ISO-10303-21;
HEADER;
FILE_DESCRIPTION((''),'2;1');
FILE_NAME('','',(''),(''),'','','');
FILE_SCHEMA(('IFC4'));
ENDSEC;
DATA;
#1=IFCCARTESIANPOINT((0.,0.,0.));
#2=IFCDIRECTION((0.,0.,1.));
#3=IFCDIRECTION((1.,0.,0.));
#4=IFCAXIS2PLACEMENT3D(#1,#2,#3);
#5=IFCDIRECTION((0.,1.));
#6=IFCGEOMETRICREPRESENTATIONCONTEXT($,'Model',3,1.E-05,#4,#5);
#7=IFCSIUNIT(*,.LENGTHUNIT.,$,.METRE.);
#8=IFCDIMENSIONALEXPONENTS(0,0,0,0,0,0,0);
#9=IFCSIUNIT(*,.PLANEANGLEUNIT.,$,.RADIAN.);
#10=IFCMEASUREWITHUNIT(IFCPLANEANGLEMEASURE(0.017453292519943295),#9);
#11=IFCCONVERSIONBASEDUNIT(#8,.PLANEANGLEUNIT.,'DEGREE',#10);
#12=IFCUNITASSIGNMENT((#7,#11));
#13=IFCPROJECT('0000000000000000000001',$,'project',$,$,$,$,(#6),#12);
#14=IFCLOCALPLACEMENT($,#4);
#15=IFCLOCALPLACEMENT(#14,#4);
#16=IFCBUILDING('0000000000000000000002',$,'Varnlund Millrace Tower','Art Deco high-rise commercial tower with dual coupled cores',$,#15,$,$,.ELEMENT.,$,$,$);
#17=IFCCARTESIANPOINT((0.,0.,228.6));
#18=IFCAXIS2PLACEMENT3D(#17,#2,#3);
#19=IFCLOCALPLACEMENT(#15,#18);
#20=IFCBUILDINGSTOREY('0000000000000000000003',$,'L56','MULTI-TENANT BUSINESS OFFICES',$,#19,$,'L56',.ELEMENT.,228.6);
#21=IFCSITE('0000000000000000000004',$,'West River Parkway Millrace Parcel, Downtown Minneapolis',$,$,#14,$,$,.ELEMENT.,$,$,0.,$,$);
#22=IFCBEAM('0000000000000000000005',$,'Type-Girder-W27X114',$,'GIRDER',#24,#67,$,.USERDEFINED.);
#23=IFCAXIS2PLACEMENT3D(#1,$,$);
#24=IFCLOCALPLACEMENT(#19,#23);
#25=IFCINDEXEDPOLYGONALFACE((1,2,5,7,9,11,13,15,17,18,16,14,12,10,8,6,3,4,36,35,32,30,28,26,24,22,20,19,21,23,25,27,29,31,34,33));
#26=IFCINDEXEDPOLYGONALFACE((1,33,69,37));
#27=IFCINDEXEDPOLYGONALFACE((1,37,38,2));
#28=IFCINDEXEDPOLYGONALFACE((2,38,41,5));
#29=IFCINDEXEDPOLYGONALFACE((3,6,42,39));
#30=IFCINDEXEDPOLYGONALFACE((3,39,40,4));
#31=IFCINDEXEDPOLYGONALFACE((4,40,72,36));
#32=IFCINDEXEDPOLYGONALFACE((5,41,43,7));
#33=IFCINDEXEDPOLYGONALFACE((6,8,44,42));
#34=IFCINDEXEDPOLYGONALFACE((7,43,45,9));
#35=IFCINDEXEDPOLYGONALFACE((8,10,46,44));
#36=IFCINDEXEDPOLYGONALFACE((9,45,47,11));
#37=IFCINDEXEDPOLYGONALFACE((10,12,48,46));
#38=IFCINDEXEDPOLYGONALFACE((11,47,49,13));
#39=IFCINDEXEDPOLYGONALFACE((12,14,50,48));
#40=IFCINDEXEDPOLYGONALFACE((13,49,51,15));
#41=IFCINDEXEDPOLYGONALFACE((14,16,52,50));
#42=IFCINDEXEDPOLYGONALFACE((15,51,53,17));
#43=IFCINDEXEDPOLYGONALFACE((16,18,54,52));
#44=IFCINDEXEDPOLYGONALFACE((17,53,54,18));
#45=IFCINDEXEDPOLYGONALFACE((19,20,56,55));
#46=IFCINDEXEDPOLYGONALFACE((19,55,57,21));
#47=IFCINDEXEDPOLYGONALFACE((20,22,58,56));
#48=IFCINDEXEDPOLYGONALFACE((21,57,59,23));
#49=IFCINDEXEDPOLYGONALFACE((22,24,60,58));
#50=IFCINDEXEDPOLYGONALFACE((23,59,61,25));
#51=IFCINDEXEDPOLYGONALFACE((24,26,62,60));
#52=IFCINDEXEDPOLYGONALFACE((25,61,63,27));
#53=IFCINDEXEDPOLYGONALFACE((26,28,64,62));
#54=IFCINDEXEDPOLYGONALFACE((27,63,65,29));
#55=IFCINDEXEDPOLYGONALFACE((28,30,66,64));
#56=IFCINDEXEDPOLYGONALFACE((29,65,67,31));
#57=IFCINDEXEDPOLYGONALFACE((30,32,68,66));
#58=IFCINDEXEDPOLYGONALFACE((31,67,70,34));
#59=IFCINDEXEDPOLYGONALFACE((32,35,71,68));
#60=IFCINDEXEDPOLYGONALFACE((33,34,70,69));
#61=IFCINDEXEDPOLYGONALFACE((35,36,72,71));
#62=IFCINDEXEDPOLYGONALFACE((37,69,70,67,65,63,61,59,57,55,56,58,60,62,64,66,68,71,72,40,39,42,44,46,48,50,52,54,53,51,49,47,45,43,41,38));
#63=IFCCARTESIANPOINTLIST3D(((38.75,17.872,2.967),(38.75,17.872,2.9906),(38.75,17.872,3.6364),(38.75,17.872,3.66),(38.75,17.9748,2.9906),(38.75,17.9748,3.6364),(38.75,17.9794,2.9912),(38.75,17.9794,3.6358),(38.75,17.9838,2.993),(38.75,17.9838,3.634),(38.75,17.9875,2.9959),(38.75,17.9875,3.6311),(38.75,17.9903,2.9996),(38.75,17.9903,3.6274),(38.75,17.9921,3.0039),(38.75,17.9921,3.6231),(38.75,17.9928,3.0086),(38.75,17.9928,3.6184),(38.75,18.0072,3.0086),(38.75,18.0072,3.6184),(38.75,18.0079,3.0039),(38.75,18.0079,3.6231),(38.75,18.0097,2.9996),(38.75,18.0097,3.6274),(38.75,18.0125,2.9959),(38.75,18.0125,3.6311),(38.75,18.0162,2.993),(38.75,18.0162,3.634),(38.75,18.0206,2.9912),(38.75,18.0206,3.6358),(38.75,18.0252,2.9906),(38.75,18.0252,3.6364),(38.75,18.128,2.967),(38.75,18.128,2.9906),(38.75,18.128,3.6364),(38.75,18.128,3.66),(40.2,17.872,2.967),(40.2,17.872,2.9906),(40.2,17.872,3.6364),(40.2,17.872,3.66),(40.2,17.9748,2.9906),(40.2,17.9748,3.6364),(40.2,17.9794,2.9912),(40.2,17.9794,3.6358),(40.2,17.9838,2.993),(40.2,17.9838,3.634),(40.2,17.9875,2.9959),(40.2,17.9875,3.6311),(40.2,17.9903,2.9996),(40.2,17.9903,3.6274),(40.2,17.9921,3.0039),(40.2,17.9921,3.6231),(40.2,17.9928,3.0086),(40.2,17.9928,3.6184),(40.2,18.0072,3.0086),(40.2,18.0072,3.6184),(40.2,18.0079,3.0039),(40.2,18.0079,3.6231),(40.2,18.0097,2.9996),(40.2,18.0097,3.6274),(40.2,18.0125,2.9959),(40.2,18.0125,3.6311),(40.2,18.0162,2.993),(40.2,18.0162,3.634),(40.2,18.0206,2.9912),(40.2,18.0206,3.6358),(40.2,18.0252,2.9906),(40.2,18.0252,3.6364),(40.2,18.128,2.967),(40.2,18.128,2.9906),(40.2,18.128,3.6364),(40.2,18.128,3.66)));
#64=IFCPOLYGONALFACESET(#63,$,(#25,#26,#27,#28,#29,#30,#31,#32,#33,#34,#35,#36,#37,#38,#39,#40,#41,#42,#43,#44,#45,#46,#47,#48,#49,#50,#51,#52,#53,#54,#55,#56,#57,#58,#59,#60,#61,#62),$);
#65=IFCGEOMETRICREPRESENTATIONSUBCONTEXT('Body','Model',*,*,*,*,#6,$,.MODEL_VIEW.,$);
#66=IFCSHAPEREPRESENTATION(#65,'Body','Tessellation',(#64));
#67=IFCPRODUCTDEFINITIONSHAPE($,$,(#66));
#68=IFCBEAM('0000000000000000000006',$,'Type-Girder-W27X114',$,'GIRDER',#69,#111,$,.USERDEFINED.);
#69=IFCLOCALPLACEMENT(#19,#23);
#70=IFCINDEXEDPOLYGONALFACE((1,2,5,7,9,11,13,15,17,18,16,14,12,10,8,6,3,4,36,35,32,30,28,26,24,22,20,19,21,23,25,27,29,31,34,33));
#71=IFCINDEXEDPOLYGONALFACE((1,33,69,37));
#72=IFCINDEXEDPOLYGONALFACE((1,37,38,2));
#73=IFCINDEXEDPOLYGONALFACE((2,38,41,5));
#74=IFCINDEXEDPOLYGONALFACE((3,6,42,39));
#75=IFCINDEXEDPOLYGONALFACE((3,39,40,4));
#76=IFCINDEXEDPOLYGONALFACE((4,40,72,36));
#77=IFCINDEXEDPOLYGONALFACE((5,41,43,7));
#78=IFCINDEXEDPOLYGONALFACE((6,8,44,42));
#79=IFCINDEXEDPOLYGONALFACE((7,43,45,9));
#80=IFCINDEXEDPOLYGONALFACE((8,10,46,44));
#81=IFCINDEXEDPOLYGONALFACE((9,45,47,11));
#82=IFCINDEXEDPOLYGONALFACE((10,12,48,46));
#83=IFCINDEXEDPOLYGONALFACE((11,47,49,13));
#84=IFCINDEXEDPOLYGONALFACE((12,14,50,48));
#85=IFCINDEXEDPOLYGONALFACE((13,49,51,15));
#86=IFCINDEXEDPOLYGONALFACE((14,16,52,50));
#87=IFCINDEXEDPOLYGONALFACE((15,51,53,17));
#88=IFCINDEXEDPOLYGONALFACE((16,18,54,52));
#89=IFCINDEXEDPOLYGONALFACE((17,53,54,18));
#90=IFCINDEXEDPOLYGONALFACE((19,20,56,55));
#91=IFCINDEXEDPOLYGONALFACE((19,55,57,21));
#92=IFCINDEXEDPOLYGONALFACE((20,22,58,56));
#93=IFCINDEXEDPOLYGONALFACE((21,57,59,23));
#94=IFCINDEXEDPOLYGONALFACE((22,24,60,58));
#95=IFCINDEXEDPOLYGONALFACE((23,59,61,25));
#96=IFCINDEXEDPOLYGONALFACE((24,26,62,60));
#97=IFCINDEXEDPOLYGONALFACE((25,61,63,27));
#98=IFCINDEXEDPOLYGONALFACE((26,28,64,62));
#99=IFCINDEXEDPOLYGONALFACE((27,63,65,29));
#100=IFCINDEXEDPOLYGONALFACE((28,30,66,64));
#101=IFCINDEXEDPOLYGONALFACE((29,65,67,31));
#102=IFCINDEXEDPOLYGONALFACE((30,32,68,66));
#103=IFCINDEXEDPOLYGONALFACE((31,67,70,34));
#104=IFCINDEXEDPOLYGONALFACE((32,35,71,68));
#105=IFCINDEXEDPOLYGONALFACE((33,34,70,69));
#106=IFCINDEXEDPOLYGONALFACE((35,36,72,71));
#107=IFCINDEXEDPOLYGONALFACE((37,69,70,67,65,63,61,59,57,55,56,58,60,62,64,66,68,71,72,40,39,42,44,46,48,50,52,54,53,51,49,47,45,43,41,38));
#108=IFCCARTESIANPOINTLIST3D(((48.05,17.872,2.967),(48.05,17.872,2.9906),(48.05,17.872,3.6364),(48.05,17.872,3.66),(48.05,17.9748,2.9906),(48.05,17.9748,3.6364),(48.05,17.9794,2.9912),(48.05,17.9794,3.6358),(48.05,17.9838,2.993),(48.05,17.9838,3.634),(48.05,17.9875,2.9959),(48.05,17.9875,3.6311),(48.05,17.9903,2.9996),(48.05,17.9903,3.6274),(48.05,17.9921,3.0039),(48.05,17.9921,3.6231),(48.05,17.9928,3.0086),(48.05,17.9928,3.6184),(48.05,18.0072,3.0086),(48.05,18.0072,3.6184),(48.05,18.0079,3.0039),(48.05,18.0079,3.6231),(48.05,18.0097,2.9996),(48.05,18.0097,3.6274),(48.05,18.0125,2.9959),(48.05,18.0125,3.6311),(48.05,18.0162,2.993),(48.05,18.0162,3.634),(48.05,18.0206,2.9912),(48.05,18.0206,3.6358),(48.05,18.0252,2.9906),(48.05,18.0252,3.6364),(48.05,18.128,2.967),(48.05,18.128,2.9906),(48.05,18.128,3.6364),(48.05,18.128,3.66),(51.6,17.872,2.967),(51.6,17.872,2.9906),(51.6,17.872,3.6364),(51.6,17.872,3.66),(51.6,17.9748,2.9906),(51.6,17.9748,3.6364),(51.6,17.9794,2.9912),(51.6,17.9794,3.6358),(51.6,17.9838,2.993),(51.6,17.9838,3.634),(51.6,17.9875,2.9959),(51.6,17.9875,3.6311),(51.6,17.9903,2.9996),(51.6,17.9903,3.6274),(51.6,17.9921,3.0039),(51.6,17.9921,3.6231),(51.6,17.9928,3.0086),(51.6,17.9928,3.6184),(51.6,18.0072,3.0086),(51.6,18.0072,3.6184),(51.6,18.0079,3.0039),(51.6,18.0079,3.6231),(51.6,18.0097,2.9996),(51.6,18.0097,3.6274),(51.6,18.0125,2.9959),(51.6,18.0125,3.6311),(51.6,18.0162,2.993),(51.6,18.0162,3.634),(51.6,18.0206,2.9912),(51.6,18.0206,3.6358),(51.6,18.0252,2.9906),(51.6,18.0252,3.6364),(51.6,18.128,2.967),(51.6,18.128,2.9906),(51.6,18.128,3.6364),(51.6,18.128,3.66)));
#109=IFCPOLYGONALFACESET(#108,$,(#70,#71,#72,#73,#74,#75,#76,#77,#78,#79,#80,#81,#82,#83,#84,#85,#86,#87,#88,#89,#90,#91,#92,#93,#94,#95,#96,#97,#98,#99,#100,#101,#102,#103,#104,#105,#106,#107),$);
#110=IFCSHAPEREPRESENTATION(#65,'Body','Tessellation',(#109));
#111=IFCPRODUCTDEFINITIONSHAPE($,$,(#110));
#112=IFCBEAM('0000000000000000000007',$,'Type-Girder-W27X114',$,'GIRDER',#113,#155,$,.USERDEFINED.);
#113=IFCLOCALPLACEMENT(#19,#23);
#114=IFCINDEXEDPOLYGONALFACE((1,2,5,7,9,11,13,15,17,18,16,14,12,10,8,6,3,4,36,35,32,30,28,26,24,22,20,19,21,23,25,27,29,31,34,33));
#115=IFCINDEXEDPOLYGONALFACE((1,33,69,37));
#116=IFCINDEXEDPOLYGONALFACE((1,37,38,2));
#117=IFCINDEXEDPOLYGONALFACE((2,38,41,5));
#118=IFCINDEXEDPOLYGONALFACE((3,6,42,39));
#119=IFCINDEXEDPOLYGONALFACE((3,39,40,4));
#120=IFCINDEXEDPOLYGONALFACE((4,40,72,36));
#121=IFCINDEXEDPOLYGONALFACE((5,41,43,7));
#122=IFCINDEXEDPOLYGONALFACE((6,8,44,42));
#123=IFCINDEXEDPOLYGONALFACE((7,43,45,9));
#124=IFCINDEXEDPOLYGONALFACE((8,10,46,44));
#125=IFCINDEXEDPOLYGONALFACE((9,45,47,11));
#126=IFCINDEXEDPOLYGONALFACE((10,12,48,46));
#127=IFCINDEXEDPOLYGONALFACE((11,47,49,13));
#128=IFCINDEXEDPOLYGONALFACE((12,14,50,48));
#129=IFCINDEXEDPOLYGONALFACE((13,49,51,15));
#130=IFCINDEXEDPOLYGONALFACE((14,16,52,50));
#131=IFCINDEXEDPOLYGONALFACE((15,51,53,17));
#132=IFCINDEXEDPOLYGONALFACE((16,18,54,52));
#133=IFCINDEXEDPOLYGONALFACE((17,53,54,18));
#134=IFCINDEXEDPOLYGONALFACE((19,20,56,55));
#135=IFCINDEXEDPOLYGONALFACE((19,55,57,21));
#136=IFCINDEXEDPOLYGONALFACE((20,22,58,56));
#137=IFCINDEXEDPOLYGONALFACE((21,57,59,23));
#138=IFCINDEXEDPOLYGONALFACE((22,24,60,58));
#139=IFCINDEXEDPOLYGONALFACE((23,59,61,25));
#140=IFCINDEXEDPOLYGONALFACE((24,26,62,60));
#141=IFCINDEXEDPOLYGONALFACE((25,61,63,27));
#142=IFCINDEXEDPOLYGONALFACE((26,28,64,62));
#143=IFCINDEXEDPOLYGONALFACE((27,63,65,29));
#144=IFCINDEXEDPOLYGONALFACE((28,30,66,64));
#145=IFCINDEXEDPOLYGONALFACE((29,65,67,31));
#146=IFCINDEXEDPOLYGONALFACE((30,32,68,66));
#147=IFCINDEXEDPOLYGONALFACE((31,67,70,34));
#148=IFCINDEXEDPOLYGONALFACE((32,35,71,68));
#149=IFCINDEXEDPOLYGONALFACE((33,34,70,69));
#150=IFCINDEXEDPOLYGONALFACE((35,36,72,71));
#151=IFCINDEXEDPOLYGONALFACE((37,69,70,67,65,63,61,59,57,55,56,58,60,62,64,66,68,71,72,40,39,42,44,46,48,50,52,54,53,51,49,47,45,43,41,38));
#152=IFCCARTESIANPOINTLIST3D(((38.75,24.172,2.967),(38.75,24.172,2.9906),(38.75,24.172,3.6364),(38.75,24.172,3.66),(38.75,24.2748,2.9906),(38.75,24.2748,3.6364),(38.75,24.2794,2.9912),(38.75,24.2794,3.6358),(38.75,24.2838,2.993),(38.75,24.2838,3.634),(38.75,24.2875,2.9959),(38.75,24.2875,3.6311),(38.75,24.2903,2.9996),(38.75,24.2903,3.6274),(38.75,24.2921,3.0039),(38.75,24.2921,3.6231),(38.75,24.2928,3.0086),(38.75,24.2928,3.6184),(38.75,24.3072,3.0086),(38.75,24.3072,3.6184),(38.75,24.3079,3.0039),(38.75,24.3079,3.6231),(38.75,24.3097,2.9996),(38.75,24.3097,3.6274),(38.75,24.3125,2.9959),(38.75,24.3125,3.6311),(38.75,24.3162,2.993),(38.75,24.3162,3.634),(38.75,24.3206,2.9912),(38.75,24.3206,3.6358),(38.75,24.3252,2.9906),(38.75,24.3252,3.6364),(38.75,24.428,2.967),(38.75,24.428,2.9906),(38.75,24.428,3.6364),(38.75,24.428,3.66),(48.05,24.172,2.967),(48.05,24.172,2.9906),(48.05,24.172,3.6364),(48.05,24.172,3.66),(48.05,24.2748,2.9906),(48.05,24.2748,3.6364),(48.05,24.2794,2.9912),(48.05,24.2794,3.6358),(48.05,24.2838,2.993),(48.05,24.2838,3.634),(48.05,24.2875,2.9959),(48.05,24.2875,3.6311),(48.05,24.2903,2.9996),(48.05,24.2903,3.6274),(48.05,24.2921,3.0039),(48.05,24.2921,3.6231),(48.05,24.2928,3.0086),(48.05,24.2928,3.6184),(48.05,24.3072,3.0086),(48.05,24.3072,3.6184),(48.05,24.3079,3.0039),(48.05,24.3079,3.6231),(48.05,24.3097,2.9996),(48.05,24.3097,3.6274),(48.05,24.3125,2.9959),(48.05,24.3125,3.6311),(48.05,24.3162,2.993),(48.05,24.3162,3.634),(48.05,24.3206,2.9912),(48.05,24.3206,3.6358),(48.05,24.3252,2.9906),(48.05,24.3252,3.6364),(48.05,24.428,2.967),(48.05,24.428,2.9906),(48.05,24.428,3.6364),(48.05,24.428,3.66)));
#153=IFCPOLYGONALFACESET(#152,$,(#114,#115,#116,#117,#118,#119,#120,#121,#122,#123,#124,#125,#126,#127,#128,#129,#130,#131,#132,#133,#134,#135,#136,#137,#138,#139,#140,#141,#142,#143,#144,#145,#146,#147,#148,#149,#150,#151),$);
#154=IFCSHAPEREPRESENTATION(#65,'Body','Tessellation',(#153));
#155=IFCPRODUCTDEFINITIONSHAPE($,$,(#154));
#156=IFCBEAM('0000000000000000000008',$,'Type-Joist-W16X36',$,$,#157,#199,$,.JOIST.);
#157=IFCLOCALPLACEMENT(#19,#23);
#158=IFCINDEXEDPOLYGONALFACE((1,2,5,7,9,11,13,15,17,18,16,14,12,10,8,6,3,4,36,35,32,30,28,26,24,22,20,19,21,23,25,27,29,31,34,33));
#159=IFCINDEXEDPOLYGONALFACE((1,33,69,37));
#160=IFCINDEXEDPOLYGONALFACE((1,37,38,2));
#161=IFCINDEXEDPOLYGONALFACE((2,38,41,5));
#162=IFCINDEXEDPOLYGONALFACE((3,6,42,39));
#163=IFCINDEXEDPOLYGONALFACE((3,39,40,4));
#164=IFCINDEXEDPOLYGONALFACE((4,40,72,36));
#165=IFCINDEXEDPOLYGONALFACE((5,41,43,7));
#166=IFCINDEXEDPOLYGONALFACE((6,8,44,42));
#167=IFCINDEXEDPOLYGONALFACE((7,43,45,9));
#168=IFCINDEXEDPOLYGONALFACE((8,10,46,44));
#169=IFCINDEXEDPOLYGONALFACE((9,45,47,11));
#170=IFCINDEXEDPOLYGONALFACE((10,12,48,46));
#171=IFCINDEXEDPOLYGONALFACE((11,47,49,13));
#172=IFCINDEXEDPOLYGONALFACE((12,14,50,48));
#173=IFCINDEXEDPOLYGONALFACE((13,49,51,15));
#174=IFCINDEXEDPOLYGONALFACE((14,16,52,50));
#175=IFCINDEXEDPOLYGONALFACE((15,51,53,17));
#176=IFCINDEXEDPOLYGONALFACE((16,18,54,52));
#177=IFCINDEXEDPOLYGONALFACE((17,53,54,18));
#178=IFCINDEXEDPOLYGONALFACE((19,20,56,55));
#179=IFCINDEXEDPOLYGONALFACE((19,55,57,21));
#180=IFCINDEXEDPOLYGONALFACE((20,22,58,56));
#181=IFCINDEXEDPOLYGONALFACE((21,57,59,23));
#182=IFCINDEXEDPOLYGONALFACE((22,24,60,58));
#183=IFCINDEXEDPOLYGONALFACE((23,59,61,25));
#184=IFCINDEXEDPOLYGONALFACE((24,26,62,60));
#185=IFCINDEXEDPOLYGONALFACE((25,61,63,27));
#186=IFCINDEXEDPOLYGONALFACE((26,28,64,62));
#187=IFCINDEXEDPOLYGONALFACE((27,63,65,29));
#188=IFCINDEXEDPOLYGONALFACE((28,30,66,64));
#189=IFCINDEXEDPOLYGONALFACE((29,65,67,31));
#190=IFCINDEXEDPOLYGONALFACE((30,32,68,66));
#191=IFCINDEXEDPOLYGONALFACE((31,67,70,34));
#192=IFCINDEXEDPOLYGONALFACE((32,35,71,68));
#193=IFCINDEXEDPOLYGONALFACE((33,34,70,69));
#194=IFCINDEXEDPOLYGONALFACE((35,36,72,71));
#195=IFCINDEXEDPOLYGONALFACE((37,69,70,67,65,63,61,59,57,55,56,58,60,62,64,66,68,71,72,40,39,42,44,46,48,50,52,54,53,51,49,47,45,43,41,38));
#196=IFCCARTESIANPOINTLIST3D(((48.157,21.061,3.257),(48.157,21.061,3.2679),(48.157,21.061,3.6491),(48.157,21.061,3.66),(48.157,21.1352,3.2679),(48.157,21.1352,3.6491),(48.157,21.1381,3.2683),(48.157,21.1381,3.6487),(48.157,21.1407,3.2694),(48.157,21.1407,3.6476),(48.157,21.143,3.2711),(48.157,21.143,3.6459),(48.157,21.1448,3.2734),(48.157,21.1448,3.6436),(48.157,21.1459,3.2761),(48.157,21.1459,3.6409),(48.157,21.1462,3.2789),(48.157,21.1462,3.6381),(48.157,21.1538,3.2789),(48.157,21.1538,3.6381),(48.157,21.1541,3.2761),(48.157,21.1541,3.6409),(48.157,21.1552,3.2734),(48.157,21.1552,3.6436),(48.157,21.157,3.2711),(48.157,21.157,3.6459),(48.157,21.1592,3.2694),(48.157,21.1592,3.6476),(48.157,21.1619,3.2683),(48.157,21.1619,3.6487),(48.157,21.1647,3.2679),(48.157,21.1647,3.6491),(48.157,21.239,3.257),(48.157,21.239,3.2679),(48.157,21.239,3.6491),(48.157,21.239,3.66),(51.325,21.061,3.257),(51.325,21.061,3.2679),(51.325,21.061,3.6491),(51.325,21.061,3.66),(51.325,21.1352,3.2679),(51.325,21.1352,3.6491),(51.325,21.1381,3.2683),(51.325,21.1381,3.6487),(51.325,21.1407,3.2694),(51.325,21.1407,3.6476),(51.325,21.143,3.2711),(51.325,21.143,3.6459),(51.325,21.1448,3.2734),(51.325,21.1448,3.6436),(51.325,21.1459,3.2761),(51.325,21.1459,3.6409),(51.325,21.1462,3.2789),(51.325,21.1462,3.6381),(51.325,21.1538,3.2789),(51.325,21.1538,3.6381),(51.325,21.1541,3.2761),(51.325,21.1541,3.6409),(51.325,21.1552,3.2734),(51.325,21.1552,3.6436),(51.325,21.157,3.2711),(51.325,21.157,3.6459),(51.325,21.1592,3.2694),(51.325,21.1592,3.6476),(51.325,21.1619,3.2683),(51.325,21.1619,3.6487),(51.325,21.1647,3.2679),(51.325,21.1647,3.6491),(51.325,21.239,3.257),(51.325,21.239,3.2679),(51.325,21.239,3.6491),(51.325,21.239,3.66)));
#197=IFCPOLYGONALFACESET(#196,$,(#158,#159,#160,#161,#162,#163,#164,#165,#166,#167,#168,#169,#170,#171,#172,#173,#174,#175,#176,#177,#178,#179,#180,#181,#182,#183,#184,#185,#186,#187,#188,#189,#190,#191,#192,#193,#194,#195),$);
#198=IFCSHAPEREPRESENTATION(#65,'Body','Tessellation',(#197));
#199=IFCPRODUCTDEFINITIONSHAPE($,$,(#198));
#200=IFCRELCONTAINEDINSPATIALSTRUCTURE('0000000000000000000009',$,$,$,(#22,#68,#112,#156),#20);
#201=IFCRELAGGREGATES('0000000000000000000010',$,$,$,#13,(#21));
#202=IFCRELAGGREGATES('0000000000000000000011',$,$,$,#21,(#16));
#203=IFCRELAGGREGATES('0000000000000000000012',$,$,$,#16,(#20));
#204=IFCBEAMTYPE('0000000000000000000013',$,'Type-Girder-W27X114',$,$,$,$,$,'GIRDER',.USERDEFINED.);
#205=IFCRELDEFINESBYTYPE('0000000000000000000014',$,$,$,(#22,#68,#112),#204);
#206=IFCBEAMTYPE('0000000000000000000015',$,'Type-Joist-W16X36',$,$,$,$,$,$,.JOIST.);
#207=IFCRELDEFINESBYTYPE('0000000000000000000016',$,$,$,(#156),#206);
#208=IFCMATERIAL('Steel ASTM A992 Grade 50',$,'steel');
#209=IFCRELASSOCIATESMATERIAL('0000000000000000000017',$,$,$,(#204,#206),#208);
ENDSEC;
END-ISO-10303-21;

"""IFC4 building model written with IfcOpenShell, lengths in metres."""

from ifc_helpers import new_model, entity, si_unit, converted_unit, direction, frame, origin_with_axes, origin_2d_with_axis, place, context, subcontext, project, spatial, i_section, extrude, material, material_profile, profile_set, type_object, element, save


model = new_model("IFC4")

# Units and contexts
model_context = context("Model", 3, precision=1e-05, world=origin_with_axes(), true_north=direction((0.0, 1.0)))
body_context = subcontext(model_context, "Body", "Model", "MODEL_VIEW")
ifc_project = project(units=[si_unit("LENGTHUNIT", "METRE"), converted_unit("PLANEANGLEUNIT", "DEGREE", entity("IfcPlaneAngleMeasure", 0.017453292519943295), si_unit("PLANEANGLEUNIT", "RADIAN"), dimensions=[0, 0, 0, 0, 0, 0, 0])], contexts=[model_context])

# Site, building, storey
site_placement = place(None, origin_with_axes())
site = spatial("IfcSite", under=ifc_project, at=site_placement, Name="West River Parkway Millrace Parcel, Downtown Minneapolis", CompositionType="ELEMENT", RefElevation=0.0)
building_placement = place(site_placement, origin_with_axes())
building = spatial("IfcBuilding", under=site, at=building_placement, Name="Varnlund Millrace Tower", Description="Art Deco high-rise commercial tower with dual coupled cores", CompositionType="ELEMENT")
storey_placement = place(building_placement, frame((0.0, 0.0, 228.6), z_axis=(0.0, 0.0, 1.0), x_axis=(1.0, 0.0, 0.0)))
storey = spatial("IfcBuildingStorey", under=building, at=storey_placement, Name="L56", Description="MULTI-TENANT BUSINESS OFFICES", LongName="L56", CompositionType="ELEMENT", Elevation=228.6)

# Beams
ifc_material_1 = material(Name="Steel ASTM A992 Grade 50", Category="steel")
ifc_material_profile_1 = material_profile(ifc_material_1, i_section(OverallWidth=0.256, OverallDepth=0.693, WebThickness=0.0145, FlangeThickness=0.0236, FilletRadius=0.018, at=origin_2d_with_axis()), Name="Steel ASTM A992 Grade 50")
ifc_profile_set_1 = profile_set([ifc_material_profile_1], Name="Steel ASTM A992 Grade 50")
beam_type_1 = type_object("IfcBeamType", Name="Type-Girder-W27X114", ElementType="GIRDER", PredefinedType="USERDEFINED", material=ifc_profile_set_1)
beam_1_placement = place(storey_placement, frame((38.75, 18.0, 3.3135), z_axis=(1.0, 0.0, 0.0), x_axis=(0.0, 1.0, 0.0)))
element("IfcBeam", 1, at=beam_1_placement, inside=storey, type_object=beam_type_1, Name="Type-Girder-W27X114", ObjectType="GIRDER", PredefinedType="USERDEFINED", context=body_context, shape_type="SweptSolid", body=[
    extrude(i_section(OverallWidth=0.256, OverallDepth=0.693, WebThickness=0.0145, FlangeThickness=0.0236, FilletRadius=0.018, at=origin_2d_with_axis()), origin_with_axes(), (0.0, 0.0, 1.0), 1.45),
])
beam_2_placement = place(storey_placement, frame((48.05, 18.0, 3.3135), z_axis=(1.0, 0.0, 0.0), x_axis=(0.0, 1.0, 0.0)))
element("IfcBeam", 2, at=beam_2_placement, inside=storey, type_object=beam_type_1, Name="Type-Girder-W27X114", ObjectType="GIRDER", PredefinedType="USERDEFINED", context=body_context, shape_type="SweptSolid", body=[
    extrude(i_section(OverallWidth=0.256, OverallDepth=0.693, WebThickness=0.0145, FlangeThickness=0.0236, FilletRadius=0.018, at=origin_2d_with_axis()), origin_with_axes(), (0.0, 0.0, 1.0), 3.55),
])
beam_3_placement = place(storey_placement, frame((38.75, 24.3, 3.3135), z_axis=(1.0, 0.0, 0.0), x_axis=(0.0, 1.0, 0.0)))
element("IfcBeam", 3, at=beam_3_placement, inside=storey, type_object=beam_type_1, Name="Type-Girder-W27X114", ObjectType="GIRDER", PredefinedType="USERDEFINED", context=body_context, shape_type="SweptSolid", body=[
    extrude(i_section(OverallWidth=0.256, OverallDepth=0.693, WebThickness=0.0145, FlangeThickness=0.0236, FilletRadius=0.018, at=origin_2d_with_axis()), origin_with_axes(), (0.0, 0.0, 1.0), 9.3),
])
ifc_material_profile_2 = material_profile(ifc_material_1, i_section(OverallWidth=0.178, OverallDepth=0.403, WebThickness=0.0075, FlangeThickness=0.0109, FilletRadius=0.011, at=origin_2d_with_axis()), Name="Steel ASTM A992 Grade 50")
ifc_profile_set_2 = profile_set([ifc_material_profile_2], Name="Steel ASTM A992 Grade 50")
beam_type_2 = type_object("IfcBeamType", Name="Type-Joist-W16X36", PredefinedType="JOIST", material=ifc_profile_set_2)
beam_4_placement = place(storey_placement, frame((48.157, 21.15, 3.4585), z_axis=(1.0, 0.0, 0.0), x_axis=(0.0, 1.0, 0.0)))
element("IfcBeam", 4, at=beam_4_placement, inside=storey, type_object=beam_type_2, Name="Type-Joist-W16X36", PredefinedType="JOIST", context=body_context, shape_type="SweptSolid", body=[
    extrude(i_section(OverallWidth=0.178, OverallDepth=0.403, WebThickness=0.0075, FlangeThickness=0.0109, FilletRadius=0.011, at=origin_2d_with_axis()), origin_with_axes(), (0.0, 0.0, 1.0), 3.168),
])

save(model, "model.ifc")
